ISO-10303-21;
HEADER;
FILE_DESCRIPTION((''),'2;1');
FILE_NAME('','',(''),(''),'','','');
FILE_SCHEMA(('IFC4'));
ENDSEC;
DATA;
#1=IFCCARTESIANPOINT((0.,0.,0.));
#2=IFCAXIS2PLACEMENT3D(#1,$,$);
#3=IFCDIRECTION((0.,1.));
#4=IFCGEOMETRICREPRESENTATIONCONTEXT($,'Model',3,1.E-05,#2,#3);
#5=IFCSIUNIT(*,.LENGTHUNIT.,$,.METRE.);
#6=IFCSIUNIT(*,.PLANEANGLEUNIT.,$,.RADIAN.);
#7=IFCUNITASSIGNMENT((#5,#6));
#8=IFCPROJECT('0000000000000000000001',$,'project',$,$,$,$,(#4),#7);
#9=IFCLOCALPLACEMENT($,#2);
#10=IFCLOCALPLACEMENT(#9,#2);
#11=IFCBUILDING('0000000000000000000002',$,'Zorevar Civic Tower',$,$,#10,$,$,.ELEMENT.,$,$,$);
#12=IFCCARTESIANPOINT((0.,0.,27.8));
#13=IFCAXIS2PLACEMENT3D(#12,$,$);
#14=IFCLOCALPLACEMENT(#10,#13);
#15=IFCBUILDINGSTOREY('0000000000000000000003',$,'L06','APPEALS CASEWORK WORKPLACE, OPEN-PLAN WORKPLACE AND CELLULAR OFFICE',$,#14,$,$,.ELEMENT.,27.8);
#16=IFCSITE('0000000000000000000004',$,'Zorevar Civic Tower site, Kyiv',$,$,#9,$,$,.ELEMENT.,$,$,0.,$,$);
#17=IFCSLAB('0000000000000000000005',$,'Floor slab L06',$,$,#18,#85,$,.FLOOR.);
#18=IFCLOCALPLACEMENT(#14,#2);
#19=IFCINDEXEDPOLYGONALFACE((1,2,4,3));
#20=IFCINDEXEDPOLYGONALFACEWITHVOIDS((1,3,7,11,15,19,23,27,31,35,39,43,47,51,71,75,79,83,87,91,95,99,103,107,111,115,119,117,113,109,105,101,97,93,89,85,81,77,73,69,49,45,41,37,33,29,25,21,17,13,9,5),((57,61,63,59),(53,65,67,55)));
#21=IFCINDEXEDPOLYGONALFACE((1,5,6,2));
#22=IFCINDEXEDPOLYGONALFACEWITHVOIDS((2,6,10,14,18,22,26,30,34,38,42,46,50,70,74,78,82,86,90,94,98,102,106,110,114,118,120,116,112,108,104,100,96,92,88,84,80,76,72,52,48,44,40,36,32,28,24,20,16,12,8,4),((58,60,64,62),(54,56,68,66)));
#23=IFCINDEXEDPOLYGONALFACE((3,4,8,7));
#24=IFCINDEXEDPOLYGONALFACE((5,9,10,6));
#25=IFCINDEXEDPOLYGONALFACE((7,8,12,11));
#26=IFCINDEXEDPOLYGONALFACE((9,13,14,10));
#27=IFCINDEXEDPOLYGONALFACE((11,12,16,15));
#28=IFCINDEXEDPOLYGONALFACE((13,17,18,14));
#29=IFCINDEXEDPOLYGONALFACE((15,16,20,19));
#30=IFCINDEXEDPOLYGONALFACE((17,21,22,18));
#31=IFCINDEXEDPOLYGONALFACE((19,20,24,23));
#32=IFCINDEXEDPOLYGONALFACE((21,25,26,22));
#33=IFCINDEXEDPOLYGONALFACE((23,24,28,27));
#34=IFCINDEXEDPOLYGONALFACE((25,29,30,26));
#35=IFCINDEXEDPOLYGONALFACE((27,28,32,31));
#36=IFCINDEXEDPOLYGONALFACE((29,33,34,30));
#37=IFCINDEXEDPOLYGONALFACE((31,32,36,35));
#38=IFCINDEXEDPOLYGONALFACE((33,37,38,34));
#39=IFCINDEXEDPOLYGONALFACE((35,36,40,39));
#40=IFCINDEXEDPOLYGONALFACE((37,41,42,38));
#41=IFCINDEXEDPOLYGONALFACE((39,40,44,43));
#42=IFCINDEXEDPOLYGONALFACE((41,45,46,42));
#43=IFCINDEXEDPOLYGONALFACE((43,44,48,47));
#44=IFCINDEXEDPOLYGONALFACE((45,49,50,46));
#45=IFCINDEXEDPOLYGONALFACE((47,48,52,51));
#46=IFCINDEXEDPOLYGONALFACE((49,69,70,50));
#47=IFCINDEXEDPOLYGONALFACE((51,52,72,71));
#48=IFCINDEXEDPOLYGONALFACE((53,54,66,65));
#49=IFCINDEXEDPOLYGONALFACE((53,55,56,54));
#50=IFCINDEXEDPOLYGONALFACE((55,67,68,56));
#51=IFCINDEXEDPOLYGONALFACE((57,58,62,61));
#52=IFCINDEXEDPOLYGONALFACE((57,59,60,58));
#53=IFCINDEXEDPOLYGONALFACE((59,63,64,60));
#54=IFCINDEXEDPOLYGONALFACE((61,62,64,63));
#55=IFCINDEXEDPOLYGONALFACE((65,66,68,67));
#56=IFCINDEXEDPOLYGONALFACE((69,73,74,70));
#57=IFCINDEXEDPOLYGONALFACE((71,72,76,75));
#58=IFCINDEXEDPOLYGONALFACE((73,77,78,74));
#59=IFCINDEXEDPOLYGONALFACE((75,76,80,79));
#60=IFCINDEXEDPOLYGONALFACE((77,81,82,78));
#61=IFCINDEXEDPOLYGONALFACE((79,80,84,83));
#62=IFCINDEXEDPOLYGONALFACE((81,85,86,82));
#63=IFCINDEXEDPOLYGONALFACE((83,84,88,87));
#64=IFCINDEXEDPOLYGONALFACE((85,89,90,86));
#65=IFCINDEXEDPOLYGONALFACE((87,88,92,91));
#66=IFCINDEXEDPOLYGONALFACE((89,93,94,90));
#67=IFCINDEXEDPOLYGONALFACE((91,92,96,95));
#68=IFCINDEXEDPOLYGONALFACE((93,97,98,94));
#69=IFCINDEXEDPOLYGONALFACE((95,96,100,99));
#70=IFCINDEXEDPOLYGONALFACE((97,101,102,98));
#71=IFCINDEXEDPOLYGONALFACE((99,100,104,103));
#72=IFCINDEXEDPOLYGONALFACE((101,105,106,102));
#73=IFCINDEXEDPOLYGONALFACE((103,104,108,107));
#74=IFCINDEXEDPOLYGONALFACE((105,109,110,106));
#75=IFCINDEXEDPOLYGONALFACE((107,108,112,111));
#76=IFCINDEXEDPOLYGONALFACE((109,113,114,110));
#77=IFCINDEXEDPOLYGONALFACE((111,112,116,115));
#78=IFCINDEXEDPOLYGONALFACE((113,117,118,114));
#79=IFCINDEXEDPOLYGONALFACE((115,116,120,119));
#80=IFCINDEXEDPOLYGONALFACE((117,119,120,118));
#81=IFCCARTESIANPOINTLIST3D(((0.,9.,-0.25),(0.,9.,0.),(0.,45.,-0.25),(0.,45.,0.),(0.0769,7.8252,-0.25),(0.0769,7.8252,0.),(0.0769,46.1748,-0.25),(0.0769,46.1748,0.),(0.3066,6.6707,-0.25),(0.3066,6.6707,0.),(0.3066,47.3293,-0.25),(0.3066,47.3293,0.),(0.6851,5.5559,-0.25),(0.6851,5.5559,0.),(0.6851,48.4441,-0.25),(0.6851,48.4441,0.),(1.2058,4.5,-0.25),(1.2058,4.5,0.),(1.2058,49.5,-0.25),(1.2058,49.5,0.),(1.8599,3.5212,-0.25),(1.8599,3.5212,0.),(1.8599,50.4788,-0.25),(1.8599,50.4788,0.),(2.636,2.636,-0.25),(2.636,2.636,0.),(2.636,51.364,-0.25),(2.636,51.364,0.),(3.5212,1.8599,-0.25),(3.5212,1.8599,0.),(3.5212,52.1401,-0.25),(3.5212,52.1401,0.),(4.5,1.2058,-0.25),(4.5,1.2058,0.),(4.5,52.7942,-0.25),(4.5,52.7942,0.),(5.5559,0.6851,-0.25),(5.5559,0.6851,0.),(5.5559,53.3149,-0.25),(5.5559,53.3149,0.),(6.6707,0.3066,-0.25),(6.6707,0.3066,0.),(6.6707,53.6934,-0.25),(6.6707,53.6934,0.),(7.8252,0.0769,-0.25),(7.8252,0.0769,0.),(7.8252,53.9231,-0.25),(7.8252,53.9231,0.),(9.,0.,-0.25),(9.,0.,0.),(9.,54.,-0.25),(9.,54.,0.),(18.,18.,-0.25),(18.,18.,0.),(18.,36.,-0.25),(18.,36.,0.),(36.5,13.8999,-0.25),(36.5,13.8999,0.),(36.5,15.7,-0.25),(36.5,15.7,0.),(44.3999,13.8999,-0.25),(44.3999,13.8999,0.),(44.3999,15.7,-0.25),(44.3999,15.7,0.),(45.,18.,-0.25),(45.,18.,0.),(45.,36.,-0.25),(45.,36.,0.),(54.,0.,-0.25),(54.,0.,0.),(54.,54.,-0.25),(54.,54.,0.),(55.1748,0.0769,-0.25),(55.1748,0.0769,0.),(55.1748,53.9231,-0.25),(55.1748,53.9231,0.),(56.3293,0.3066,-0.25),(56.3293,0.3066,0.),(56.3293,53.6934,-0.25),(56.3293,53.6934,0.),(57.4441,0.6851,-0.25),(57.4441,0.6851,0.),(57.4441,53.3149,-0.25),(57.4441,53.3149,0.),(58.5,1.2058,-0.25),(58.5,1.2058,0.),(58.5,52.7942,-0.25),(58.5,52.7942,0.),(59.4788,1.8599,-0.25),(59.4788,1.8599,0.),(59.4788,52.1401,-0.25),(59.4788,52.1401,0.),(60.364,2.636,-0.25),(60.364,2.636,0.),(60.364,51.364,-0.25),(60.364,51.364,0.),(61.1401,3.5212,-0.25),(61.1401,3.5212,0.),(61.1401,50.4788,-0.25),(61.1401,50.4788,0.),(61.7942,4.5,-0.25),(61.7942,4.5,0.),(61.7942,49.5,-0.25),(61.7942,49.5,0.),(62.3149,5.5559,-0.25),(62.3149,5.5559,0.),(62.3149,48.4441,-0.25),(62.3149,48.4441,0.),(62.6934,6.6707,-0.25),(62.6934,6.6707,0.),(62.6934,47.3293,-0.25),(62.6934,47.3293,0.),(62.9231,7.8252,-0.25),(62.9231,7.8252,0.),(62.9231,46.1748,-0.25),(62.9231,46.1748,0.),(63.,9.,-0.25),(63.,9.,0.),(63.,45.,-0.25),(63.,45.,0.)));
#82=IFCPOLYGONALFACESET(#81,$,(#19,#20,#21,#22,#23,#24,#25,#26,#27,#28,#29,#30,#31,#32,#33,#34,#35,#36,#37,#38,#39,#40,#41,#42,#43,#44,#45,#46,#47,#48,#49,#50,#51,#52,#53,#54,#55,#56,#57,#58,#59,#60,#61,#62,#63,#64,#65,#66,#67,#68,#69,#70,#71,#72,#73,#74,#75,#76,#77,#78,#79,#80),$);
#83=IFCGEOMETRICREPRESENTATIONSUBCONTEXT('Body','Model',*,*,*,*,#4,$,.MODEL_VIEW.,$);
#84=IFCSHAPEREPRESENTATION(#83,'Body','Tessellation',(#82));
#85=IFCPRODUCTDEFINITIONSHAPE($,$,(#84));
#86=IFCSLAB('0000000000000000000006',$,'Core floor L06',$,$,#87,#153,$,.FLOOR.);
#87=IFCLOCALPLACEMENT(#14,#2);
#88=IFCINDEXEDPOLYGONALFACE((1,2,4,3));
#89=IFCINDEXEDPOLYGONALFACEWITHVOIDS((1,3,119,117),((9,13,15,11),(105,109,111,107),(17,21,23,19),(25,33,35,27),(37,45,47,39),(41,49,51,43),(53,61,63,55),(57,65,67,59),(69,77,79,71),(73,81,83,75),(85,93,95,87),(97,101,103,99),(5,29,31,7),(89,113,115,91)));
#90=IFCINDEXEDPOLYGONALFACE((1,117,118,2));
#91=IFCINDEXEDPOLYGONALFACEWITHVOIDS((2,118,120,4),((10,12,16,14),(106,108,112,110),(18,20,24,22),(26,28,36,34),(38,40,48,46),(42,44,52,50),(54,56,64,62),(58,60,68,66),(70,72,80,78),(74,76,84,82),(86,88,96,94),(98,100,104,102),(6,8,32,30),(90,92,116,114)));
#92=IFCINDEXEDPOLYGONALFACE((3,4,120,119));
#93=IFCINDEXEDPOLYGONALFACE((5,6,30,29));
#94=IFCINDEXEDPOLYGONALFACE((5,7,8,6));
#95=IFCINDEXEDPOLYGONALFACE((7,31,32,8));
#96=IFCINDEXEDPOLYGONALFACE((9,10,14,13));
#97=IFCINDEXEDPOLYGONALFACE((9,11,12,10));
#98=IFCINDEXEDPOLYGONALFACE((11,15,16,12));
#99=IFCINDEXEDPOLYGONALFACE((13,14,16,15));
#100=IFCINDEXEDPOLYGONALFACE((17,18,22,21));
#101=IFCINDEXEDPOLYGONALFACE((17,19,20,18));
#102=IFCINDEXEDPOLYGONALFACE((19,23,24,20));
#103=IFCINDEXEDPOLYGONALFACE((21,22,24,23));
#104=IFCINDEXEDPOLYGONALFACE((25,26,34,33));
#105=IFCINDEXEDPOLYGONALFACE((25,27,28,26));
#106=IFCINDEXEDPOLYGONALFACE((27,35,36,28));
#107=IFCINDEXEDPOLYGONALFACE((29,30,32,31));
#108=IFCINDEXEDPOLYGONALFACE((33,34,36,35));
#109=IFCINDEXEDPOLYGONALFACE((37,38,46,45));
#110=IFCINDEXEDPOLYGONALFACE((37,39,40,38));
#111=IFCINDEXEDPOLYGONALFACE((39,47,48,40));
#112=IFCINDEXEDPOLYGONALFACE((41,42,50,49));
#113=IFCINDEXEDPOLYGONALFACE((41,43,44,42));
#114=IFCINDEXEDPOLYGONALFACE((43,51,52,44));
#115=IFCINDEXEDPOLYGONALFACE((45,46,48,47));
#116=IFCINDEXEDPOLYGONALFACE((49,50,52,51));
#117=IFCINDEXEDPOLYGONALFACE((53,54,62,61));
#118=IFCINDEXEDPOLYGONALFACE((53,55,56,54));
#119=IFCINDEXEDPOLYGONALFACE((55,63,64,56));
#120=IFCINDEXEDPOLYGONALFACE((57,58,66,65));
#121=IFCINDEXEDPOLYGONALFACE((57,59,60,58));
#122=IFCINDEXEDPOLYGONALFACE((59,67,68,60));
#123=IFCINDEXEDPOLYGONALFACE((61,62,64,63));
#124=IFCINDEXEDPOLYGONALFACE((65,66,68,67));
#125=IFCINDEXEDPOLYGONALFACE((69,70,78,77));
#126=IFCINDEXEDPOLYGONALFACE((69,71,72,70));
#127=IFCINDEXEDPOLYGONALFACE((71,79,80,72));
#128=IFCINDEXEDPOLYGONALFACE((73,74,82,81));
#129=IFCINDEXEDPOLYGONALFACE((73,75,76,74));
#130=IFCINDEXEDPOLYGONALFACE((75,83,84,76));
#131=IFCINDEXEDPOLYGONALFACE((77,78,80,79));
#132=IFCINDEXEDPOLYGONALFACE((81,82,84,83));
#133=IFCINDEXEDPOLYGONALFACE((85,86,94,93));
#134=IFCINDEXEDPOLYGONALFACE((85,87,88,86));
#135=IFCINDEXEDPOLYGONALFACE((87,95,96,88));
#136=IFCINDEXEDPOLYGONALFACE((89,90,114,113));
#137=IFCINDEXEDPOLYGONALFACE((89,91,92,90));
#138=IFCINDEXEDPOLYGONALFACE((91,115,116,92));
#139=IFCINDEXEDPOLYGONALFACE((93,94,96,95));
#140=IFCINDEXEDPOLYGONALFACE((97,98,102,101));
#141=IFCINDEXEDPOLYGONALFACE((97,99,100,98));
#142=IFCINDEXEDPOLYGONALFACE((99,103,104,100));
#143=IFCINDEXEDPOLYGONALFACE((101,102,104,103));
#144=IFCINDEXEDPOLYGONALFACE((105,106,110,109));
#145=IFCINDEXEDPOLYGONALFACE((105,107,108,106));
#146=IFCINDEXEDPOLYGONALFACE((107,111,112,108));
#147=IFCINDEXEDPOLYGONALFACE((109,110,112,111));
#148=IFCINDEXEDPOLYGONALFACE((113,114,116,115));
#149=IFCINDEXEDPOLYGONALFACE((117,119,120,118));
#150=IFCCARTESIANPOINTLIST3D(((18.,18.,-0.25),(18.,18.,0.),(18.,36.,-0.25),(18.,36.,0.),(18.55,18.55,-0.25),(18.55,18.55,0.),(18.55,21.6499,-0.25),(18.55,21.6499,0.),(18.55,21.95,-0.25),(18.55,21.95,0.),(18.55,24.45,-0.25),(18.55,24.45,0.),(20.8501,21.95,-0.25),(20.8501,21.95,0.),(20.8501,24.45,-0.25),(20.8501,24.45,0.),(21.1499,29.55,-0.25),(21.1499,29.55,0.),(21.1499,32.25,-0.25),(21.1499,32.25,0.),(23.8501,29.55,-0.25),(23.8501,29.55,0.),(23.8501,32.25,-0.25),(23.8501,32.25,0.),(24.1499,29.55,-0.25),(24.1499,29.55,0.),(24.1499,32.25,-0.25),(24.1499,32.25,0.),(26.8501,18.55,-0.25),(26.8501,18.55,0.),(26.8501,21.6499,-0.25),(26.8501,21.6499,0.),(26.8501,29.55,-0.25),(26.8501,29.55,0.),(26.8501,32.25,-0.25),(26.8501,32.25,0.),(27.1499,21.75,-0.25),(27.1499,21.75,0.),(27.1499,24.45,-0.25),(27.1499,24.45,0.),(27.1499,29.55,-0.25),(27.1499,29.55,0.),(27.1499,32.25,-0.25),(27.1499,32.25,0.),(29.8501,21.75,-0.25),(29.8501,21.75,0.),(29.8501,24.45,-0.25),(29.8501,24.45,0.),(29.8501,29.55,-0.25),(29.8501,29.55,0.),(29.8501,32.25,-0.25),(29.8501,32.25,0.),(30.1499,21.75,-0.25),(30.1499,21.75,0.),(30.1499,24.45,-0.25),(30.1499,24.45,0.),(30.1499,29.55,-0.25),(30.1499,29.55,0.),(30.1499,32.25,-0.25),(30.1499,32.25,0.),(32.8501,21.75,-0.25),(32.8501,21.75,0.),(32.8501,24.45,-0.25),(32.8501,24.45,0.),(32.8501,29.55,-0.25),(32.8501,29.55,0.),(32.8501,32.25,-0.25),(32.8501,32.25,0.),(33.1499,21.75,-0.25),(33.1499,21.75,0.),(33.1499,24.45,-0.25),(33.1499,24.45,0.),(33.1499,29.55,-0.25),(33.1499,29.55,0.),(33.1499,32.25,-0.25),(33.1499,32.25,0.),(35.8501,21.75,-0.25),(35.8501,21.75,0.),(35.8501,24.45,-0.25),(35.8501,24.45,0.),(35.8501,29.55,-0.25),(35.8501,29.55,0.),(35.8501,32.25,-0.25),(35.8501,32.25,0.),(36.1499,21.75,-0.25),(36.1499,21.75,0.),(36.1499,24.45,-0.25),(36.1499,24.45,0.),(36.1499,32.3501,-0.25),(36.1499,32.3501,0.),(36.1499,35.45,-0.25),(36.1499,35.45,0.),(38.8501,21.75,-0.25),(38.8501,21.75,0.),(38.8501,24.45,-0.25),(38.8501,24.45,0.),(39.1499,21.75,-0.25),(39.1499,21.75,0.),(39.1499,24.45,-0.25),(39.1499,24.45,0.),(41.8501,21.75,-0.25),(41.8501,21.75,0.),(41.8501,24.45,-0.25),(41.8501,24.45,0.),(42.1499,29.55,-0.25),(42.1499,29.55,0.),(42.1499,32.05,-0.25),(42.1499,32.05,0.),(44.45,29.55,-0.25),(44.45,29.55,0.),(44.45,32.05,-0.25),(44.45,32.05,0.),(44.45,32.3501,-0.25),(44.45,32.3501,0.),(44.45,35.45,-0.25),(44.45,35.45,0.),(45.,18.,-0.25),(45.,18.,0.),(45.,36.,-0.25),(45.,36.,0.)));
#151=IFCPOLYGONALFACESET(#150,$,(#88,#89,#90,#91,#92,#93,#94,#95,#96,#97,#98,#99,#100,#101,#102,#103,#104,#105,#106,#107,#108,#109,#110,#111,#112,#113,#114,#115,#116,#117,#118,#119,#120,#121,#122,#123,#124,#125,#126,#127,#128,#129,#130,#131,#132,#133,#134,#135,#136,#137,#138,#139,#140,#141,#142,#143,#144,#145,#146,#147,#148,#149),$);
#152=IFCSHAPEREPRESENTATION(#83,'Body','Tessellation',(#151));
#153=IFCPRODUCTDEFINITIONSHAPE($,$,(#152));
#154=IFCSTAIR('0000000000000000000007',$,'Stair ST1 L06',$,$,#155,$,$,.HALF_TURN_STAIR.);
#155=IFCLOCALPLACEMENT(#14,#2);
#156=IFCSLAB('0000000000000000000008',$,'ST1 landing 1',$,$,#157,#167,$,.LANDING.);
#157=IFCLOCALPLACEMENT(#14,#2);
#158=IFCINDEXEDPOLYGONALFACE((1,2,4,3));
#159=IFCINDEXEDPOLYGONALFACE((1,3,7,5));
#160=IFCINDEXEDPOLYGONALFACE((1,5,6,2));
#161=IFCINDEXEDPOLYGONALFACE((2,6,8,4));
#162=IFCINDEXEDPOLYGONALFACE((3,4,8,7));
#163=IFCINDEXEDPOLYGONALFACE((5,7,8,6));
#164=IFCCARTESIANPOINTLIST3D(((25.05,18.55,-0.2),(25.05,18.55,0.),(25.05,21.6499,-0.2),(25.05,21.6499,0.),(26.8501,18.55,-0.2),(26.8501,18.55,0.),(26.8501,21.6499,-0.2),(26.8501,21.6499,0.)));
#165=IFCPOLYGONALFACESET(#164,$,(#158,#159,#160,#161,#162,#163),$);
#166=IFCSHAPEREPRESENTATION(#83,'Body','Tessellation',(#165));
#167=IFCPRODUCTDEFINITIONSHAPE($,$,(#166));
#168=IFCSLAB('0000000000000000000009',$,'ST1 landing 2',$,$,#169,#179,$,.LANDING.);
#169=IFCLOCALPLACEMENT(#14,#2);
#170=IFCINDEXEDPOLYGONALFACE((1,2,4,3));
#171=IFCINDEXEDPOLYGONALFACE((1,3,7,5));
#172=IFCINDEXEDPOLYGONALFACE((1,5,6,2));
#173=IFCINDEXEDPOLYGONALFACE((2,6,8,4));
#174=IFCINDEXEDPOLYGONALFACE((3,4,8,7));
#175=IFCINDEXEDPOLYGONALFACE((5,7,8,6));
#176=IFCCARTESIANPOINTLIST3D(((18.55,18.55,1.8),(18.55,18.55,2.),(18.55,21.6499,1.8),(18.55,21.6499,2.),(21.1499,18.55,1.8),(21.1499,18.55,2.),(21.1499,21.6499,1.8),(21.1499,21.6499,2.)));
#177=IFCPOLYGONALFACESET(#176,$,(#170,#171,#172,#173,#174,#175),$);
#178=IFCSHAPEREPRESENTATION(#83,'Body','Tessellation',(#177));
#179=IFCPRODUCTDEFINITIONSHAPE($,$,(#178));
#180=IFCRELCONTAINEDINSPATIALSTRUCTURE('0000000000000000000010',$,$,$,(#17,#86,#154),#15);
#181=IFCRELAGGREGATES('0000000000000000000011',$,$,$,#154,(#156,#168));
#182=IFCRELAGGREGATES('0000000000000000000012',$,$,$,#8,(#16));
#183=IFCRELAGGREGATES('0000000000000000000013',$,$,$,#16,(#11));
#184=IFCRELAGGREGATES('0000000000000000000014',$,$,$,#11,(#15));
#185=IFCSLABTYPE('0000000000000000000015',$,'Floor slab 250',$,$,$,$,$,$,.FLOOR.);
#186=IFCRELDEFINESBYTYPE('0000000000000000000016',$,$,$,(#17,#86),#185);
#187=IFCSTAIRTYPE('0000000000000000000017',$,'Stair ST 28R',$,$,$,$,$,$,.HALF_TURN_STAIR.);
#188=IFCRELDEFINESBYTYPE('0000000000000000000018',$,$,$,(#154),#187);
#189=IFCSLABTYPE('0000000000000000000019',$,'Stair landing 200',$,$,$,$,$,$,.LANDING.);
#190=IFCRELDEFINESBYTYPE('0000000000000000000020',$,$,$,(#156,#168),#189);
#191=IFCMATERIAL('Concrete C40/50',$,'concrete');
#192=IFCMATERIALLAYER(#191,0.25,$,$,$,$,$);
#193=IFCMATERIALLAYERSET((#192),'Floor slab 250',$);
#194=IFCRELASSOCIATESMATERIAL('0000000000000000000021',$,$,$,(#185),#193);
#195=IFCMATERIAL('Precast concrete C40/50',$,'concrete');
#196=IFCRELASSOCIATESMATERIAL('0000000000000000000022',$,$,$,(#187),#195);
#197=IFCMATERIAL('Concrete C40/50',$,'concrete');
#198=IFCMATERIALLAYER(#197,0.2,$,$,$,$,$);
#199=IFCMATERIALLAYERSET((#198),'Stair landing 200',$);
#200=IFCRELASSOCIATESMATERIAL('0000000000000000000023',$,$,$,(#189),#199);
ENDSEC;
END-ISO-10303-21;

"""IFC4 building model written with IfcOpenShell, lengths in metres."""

from ifc_helpers import new_model, si_unit, direction, frame, origin, place, context, subcontext, project, spatial, polyline, outline, extrude, material, layer, layer_set, type_object, element, aggregate, save


model = new_model("IFC4")

# Units and contexts
model_context = context("Model", 3, precision=1e-05, world=origin(), true_north=direction((0.0, 1.0)))
body_context = subcontext(model_context, "Body", "Model", "MODEL_VIEW")
ifc_project = project(units=[si_unit("LENGTHUNIT", "METRE"), si_unit("PLANEANGLEUNIT", "RADIAN")], contexts=[model_context])

# Site, building, storey
site_placement = place(None, origin())
site = spatial("IfcSite", under=ifc_project, at=site_placement, Name="Zorevar Civic Tower site, Kyiv", CompositionType="ELEMENT", RefElevation=0.0)
building_placement = place(site_placement, origin())
building = spatial("IfcBuilding", under=site, at=building_placement, Name="Zorevar Civic Tower", CompositionType="ELEMENT")
storey_placement = place(building_placement, frame((0.0, 0.0, 27.8)))
storey = spatial("IfcBuildingStorey", under=building, at=storey_placement, Name="L06", Description="APPEALS CASEWORK WORKPLACE, OPEN-PLAN WORKPLACE AND CELLULAR OFFICE", CompositionType="ELEMENT", Elevation=27.8)

# Slabs
ifc_material_1 = material(Name="Concrete C40/50", Category="concrete")
ifc_layer_1 = layer(ifc_material_1, 0.25)
ifc_layer_set_1 = layer_set([ifc_layer_1], Name="Floor slab 250")
slab_type_1 = type_object("IfcSlabType", Name="Floor slab 250", PredefinedType="FLOOR", material=ifc_layer_set_1)
slab_1_placement = place(storey_placement, frame((0.0, 0.0, -0.25)))
element("IfcSlab", 1, at=slab_1_placement, inside=storey, type_object=slab_type_1, Name="Floor slab L06", PredefinedType="FLOOR", context=body_context, shape_type="SweptSolid", body=[
    extrude(outline(polyline([(54.0, 0.0), (55.1748, 0.0769), (56.3293, 0.3066), (57.4441, 0.6851), (58.5, 1.2058), (59.4788, 1.8599), (60.364, 2.636), (61.1401, 3.5212), (61.7942, 4.5), (62.3149, 5.5559), (62.6934, 6.6707), (62.9231, 7.8252), (63.0, 9.0), (63.0, 45.0), (62.9231, 46.1748), (62.6934, 47.3293), (62.3149, 48.4441), (61.7942, 49.5), (61.1401, 50.4788), (60.364, 51.364), (59.4788, 52.1401), (58.5, 52.7942), (57.4441, 53.3149), (56.3293, 53.6934), (55.1748, 53.9231), (54.0, 54.0), (9.0, 54.0), (7.8252, 53.9231), (6.6707, 53.6934), (5.5559, 53.3149), (4.5, 52.7942), (3.5212, 52.1401), (2.636, 51.364), (1.8599, 50.4788), (1.2058, 49.5), (0.6851, 48.4441), (0.3066, 47.3293), (0.0769, 46.1748), (0.0, 45.0), (0.0, 9.0), (0.0769, 7.8252), (0.3066, 6.6707), (0.6851, 5.5559), (1.2058, 4.5), (1.8599, 3.5212), (2.636, 2.636), (3.5212, 1.8599), (4.5, 1.2058), (5.5559, 0.6851), (6.6707, 0.3066), (7.8252, 0.0769), (9.0, 0.0), (54.0, 0.0)]), holes=[polyline([(18.0, 18.0), (45.0, 18.0), (45.0, 36.0), (18.0, 36.0), (18.0, 18.0)]), polyline([(36.5, 13.8999), (44.3999, 13.8999), (44.3999, 15.7), (36.5, 15.7), (36.5, 13.8999)])]), origin(), (0.0, 0.0, 1.0), 0.25),
])
slab_2_placement = place(storey_placement, frame((0.0, 0.0, -0.25)))
element("IfcSlab", 2, at=slab_2_placement, inside=storey, type_object=slab_type_1, Name="Core floor L06", PredefinedType="FLOOR", context=body_context, shape_type="SweptSolid", body=[
    extrude(outline(polyline([(18.0, 18.0), (45.0, 18.0), (45.0, 36.0), (18.0, 36.0), (18.0, 18.0)]), holes=[polyline([(18.55, 18.55), (26.8501, 18.55), (26.8501, 21.6499), (18.55, 21.6499), (18.55, 18.55)]), polyline([(36.1499, 32.3501), (44.45, 32.3501), (44.45, 35.45), (36.1499, 35.45), (36.1499, 32.3501)]), polyline([(18.55, 21.95), (20.8501, 21.95), (20.8501, 24.45), (18.55, 24.45), (18.55, 21.95)]), polyline([(42.1499, 29.55), (44.45, 29.55), (44.45, 32.05), (42.1499, 32.05), (42.1499, 29.55)]), polyline([(27.1499, 21.75), (29.8501, 21.75), (29.8501, 24.45), (27.1499, 24.45), (27.1499, 21.75)]), polyline([(33.1499, 29.55), (35.8501, 29.55), (35.8501, 32.25), (33.1499, 32.25), (33.1499, 29.55)]), polyline([(30.1499, 21.75), (32.8501, 21.75), (32.8501, 24.45), (30.1499, 24.45), (30.1499, 21.75)]), polyline([(30.1499, 29.55), (32.8501, 29.55), (32.8501, 32.25), (30.1499, 32.25), (30.1499, 29.55)]), polyline([(33.1499, 21.75), (35.8501, 21.75), (35.8501, 24.45), (33.1499, 24.45), (33.1499, 21.75)]), polyline([(27.1499, 29.55), (29.8501, 29.55), (29.8501, 32.25), (27.1499, 32.25), (27.1499, 29.55)]), polyline([(36.1499, 21.75), (38.8501, 21.75), (38.8501, 24.45), (36.1499, 24.45), (36.1499, 21.75)]), polyline([(24.1499, 29.55), (26.8501, 29.55), (26.8501, 32.25), (24.1499, 32.25), (24.1499, 29.55)]), polyline([(39.1499, 21.75), (41.8501, 21.75), (41.8501, 24.45), (39.1499, 24.45), (39.1499, 21.75)]), polyline([(21.1499, 29.55), (23.8501, 29.55), (23.8501, 32.25), (21.1499, 32.25), (21.1499, 29.55)])]), origin(), (0.0, 0.0, 1.0), 0.25),
])

# Stair, slabs
ifc_material_2 = material(Name="Precast concrete C40/50", Category="concrete")
stair_type = type_object("IfcStairType", Name="Stair ST 28R", PredefinedType="HALF_TURN_STAIR", material=ifc_material_2)
stair_1_placement = place(storey_placement, origin())
stair_1 = element("IfcStair", 3, at=stair_1_placement, inside=storey, type_object=stair_type, Name="Stair ST1 L06", PredefinedType="HALF_TURN_STAIR")
ifc_material_3 = material(Name="Concrete C40/50", Category="concrete")
ifc_layer_2 = layer(ifc_material_3, 0.2)
ifc_layer_set_2 = layer_set([ifc_layer_2], Name="Stair landing 200")
slab_type_2 = type_object("IfcSlabType", Name="Stair landing 200", PredefinedType="LANDING", material=ifc_layer_set_2)
slab_3_placement = place(storey_placement, frame((0.0, 0.0, -0.2)))
slab_3 = element("IfcSlab", 4, at=slab_3_placement, type_object=slab_type_2, Name="ST1 landing 1", PredefinedType="LANDING", context=body_context, shape_type="SweptSolid", body=[
    extrude(outline(polyline([(25.05, 18.55), (26.8501, 18.55), (26.8501, 21.6499), (25.05, 21.6499), (25.05, 18.55)])), origin(), (0.0, 0.0, 1.0), 0.2),
])
slab_4_placement = place(storey_placement, frame((0.0, 0.0, 1.8)))
slab_4 = element("IfcSlab", 5, at=slab_4_placement, type_object=slab_type_2, Name="ST1 landing 2", PredefinedType="LANDING", context=body_context, shape_type="SweptSolid", body=[
    extrude(outline(polyline([(18.55, 18.55), (21.1499, 18.55), (21.1499, 21.6499), (18.55, 21.6499), (18.55, 18.55)])), origin(), (0.0, 0.0, 1.0), 0.2),
])
aggregate(stair_1, [slab_3, slab_4])

save(model, "model.ifc")
